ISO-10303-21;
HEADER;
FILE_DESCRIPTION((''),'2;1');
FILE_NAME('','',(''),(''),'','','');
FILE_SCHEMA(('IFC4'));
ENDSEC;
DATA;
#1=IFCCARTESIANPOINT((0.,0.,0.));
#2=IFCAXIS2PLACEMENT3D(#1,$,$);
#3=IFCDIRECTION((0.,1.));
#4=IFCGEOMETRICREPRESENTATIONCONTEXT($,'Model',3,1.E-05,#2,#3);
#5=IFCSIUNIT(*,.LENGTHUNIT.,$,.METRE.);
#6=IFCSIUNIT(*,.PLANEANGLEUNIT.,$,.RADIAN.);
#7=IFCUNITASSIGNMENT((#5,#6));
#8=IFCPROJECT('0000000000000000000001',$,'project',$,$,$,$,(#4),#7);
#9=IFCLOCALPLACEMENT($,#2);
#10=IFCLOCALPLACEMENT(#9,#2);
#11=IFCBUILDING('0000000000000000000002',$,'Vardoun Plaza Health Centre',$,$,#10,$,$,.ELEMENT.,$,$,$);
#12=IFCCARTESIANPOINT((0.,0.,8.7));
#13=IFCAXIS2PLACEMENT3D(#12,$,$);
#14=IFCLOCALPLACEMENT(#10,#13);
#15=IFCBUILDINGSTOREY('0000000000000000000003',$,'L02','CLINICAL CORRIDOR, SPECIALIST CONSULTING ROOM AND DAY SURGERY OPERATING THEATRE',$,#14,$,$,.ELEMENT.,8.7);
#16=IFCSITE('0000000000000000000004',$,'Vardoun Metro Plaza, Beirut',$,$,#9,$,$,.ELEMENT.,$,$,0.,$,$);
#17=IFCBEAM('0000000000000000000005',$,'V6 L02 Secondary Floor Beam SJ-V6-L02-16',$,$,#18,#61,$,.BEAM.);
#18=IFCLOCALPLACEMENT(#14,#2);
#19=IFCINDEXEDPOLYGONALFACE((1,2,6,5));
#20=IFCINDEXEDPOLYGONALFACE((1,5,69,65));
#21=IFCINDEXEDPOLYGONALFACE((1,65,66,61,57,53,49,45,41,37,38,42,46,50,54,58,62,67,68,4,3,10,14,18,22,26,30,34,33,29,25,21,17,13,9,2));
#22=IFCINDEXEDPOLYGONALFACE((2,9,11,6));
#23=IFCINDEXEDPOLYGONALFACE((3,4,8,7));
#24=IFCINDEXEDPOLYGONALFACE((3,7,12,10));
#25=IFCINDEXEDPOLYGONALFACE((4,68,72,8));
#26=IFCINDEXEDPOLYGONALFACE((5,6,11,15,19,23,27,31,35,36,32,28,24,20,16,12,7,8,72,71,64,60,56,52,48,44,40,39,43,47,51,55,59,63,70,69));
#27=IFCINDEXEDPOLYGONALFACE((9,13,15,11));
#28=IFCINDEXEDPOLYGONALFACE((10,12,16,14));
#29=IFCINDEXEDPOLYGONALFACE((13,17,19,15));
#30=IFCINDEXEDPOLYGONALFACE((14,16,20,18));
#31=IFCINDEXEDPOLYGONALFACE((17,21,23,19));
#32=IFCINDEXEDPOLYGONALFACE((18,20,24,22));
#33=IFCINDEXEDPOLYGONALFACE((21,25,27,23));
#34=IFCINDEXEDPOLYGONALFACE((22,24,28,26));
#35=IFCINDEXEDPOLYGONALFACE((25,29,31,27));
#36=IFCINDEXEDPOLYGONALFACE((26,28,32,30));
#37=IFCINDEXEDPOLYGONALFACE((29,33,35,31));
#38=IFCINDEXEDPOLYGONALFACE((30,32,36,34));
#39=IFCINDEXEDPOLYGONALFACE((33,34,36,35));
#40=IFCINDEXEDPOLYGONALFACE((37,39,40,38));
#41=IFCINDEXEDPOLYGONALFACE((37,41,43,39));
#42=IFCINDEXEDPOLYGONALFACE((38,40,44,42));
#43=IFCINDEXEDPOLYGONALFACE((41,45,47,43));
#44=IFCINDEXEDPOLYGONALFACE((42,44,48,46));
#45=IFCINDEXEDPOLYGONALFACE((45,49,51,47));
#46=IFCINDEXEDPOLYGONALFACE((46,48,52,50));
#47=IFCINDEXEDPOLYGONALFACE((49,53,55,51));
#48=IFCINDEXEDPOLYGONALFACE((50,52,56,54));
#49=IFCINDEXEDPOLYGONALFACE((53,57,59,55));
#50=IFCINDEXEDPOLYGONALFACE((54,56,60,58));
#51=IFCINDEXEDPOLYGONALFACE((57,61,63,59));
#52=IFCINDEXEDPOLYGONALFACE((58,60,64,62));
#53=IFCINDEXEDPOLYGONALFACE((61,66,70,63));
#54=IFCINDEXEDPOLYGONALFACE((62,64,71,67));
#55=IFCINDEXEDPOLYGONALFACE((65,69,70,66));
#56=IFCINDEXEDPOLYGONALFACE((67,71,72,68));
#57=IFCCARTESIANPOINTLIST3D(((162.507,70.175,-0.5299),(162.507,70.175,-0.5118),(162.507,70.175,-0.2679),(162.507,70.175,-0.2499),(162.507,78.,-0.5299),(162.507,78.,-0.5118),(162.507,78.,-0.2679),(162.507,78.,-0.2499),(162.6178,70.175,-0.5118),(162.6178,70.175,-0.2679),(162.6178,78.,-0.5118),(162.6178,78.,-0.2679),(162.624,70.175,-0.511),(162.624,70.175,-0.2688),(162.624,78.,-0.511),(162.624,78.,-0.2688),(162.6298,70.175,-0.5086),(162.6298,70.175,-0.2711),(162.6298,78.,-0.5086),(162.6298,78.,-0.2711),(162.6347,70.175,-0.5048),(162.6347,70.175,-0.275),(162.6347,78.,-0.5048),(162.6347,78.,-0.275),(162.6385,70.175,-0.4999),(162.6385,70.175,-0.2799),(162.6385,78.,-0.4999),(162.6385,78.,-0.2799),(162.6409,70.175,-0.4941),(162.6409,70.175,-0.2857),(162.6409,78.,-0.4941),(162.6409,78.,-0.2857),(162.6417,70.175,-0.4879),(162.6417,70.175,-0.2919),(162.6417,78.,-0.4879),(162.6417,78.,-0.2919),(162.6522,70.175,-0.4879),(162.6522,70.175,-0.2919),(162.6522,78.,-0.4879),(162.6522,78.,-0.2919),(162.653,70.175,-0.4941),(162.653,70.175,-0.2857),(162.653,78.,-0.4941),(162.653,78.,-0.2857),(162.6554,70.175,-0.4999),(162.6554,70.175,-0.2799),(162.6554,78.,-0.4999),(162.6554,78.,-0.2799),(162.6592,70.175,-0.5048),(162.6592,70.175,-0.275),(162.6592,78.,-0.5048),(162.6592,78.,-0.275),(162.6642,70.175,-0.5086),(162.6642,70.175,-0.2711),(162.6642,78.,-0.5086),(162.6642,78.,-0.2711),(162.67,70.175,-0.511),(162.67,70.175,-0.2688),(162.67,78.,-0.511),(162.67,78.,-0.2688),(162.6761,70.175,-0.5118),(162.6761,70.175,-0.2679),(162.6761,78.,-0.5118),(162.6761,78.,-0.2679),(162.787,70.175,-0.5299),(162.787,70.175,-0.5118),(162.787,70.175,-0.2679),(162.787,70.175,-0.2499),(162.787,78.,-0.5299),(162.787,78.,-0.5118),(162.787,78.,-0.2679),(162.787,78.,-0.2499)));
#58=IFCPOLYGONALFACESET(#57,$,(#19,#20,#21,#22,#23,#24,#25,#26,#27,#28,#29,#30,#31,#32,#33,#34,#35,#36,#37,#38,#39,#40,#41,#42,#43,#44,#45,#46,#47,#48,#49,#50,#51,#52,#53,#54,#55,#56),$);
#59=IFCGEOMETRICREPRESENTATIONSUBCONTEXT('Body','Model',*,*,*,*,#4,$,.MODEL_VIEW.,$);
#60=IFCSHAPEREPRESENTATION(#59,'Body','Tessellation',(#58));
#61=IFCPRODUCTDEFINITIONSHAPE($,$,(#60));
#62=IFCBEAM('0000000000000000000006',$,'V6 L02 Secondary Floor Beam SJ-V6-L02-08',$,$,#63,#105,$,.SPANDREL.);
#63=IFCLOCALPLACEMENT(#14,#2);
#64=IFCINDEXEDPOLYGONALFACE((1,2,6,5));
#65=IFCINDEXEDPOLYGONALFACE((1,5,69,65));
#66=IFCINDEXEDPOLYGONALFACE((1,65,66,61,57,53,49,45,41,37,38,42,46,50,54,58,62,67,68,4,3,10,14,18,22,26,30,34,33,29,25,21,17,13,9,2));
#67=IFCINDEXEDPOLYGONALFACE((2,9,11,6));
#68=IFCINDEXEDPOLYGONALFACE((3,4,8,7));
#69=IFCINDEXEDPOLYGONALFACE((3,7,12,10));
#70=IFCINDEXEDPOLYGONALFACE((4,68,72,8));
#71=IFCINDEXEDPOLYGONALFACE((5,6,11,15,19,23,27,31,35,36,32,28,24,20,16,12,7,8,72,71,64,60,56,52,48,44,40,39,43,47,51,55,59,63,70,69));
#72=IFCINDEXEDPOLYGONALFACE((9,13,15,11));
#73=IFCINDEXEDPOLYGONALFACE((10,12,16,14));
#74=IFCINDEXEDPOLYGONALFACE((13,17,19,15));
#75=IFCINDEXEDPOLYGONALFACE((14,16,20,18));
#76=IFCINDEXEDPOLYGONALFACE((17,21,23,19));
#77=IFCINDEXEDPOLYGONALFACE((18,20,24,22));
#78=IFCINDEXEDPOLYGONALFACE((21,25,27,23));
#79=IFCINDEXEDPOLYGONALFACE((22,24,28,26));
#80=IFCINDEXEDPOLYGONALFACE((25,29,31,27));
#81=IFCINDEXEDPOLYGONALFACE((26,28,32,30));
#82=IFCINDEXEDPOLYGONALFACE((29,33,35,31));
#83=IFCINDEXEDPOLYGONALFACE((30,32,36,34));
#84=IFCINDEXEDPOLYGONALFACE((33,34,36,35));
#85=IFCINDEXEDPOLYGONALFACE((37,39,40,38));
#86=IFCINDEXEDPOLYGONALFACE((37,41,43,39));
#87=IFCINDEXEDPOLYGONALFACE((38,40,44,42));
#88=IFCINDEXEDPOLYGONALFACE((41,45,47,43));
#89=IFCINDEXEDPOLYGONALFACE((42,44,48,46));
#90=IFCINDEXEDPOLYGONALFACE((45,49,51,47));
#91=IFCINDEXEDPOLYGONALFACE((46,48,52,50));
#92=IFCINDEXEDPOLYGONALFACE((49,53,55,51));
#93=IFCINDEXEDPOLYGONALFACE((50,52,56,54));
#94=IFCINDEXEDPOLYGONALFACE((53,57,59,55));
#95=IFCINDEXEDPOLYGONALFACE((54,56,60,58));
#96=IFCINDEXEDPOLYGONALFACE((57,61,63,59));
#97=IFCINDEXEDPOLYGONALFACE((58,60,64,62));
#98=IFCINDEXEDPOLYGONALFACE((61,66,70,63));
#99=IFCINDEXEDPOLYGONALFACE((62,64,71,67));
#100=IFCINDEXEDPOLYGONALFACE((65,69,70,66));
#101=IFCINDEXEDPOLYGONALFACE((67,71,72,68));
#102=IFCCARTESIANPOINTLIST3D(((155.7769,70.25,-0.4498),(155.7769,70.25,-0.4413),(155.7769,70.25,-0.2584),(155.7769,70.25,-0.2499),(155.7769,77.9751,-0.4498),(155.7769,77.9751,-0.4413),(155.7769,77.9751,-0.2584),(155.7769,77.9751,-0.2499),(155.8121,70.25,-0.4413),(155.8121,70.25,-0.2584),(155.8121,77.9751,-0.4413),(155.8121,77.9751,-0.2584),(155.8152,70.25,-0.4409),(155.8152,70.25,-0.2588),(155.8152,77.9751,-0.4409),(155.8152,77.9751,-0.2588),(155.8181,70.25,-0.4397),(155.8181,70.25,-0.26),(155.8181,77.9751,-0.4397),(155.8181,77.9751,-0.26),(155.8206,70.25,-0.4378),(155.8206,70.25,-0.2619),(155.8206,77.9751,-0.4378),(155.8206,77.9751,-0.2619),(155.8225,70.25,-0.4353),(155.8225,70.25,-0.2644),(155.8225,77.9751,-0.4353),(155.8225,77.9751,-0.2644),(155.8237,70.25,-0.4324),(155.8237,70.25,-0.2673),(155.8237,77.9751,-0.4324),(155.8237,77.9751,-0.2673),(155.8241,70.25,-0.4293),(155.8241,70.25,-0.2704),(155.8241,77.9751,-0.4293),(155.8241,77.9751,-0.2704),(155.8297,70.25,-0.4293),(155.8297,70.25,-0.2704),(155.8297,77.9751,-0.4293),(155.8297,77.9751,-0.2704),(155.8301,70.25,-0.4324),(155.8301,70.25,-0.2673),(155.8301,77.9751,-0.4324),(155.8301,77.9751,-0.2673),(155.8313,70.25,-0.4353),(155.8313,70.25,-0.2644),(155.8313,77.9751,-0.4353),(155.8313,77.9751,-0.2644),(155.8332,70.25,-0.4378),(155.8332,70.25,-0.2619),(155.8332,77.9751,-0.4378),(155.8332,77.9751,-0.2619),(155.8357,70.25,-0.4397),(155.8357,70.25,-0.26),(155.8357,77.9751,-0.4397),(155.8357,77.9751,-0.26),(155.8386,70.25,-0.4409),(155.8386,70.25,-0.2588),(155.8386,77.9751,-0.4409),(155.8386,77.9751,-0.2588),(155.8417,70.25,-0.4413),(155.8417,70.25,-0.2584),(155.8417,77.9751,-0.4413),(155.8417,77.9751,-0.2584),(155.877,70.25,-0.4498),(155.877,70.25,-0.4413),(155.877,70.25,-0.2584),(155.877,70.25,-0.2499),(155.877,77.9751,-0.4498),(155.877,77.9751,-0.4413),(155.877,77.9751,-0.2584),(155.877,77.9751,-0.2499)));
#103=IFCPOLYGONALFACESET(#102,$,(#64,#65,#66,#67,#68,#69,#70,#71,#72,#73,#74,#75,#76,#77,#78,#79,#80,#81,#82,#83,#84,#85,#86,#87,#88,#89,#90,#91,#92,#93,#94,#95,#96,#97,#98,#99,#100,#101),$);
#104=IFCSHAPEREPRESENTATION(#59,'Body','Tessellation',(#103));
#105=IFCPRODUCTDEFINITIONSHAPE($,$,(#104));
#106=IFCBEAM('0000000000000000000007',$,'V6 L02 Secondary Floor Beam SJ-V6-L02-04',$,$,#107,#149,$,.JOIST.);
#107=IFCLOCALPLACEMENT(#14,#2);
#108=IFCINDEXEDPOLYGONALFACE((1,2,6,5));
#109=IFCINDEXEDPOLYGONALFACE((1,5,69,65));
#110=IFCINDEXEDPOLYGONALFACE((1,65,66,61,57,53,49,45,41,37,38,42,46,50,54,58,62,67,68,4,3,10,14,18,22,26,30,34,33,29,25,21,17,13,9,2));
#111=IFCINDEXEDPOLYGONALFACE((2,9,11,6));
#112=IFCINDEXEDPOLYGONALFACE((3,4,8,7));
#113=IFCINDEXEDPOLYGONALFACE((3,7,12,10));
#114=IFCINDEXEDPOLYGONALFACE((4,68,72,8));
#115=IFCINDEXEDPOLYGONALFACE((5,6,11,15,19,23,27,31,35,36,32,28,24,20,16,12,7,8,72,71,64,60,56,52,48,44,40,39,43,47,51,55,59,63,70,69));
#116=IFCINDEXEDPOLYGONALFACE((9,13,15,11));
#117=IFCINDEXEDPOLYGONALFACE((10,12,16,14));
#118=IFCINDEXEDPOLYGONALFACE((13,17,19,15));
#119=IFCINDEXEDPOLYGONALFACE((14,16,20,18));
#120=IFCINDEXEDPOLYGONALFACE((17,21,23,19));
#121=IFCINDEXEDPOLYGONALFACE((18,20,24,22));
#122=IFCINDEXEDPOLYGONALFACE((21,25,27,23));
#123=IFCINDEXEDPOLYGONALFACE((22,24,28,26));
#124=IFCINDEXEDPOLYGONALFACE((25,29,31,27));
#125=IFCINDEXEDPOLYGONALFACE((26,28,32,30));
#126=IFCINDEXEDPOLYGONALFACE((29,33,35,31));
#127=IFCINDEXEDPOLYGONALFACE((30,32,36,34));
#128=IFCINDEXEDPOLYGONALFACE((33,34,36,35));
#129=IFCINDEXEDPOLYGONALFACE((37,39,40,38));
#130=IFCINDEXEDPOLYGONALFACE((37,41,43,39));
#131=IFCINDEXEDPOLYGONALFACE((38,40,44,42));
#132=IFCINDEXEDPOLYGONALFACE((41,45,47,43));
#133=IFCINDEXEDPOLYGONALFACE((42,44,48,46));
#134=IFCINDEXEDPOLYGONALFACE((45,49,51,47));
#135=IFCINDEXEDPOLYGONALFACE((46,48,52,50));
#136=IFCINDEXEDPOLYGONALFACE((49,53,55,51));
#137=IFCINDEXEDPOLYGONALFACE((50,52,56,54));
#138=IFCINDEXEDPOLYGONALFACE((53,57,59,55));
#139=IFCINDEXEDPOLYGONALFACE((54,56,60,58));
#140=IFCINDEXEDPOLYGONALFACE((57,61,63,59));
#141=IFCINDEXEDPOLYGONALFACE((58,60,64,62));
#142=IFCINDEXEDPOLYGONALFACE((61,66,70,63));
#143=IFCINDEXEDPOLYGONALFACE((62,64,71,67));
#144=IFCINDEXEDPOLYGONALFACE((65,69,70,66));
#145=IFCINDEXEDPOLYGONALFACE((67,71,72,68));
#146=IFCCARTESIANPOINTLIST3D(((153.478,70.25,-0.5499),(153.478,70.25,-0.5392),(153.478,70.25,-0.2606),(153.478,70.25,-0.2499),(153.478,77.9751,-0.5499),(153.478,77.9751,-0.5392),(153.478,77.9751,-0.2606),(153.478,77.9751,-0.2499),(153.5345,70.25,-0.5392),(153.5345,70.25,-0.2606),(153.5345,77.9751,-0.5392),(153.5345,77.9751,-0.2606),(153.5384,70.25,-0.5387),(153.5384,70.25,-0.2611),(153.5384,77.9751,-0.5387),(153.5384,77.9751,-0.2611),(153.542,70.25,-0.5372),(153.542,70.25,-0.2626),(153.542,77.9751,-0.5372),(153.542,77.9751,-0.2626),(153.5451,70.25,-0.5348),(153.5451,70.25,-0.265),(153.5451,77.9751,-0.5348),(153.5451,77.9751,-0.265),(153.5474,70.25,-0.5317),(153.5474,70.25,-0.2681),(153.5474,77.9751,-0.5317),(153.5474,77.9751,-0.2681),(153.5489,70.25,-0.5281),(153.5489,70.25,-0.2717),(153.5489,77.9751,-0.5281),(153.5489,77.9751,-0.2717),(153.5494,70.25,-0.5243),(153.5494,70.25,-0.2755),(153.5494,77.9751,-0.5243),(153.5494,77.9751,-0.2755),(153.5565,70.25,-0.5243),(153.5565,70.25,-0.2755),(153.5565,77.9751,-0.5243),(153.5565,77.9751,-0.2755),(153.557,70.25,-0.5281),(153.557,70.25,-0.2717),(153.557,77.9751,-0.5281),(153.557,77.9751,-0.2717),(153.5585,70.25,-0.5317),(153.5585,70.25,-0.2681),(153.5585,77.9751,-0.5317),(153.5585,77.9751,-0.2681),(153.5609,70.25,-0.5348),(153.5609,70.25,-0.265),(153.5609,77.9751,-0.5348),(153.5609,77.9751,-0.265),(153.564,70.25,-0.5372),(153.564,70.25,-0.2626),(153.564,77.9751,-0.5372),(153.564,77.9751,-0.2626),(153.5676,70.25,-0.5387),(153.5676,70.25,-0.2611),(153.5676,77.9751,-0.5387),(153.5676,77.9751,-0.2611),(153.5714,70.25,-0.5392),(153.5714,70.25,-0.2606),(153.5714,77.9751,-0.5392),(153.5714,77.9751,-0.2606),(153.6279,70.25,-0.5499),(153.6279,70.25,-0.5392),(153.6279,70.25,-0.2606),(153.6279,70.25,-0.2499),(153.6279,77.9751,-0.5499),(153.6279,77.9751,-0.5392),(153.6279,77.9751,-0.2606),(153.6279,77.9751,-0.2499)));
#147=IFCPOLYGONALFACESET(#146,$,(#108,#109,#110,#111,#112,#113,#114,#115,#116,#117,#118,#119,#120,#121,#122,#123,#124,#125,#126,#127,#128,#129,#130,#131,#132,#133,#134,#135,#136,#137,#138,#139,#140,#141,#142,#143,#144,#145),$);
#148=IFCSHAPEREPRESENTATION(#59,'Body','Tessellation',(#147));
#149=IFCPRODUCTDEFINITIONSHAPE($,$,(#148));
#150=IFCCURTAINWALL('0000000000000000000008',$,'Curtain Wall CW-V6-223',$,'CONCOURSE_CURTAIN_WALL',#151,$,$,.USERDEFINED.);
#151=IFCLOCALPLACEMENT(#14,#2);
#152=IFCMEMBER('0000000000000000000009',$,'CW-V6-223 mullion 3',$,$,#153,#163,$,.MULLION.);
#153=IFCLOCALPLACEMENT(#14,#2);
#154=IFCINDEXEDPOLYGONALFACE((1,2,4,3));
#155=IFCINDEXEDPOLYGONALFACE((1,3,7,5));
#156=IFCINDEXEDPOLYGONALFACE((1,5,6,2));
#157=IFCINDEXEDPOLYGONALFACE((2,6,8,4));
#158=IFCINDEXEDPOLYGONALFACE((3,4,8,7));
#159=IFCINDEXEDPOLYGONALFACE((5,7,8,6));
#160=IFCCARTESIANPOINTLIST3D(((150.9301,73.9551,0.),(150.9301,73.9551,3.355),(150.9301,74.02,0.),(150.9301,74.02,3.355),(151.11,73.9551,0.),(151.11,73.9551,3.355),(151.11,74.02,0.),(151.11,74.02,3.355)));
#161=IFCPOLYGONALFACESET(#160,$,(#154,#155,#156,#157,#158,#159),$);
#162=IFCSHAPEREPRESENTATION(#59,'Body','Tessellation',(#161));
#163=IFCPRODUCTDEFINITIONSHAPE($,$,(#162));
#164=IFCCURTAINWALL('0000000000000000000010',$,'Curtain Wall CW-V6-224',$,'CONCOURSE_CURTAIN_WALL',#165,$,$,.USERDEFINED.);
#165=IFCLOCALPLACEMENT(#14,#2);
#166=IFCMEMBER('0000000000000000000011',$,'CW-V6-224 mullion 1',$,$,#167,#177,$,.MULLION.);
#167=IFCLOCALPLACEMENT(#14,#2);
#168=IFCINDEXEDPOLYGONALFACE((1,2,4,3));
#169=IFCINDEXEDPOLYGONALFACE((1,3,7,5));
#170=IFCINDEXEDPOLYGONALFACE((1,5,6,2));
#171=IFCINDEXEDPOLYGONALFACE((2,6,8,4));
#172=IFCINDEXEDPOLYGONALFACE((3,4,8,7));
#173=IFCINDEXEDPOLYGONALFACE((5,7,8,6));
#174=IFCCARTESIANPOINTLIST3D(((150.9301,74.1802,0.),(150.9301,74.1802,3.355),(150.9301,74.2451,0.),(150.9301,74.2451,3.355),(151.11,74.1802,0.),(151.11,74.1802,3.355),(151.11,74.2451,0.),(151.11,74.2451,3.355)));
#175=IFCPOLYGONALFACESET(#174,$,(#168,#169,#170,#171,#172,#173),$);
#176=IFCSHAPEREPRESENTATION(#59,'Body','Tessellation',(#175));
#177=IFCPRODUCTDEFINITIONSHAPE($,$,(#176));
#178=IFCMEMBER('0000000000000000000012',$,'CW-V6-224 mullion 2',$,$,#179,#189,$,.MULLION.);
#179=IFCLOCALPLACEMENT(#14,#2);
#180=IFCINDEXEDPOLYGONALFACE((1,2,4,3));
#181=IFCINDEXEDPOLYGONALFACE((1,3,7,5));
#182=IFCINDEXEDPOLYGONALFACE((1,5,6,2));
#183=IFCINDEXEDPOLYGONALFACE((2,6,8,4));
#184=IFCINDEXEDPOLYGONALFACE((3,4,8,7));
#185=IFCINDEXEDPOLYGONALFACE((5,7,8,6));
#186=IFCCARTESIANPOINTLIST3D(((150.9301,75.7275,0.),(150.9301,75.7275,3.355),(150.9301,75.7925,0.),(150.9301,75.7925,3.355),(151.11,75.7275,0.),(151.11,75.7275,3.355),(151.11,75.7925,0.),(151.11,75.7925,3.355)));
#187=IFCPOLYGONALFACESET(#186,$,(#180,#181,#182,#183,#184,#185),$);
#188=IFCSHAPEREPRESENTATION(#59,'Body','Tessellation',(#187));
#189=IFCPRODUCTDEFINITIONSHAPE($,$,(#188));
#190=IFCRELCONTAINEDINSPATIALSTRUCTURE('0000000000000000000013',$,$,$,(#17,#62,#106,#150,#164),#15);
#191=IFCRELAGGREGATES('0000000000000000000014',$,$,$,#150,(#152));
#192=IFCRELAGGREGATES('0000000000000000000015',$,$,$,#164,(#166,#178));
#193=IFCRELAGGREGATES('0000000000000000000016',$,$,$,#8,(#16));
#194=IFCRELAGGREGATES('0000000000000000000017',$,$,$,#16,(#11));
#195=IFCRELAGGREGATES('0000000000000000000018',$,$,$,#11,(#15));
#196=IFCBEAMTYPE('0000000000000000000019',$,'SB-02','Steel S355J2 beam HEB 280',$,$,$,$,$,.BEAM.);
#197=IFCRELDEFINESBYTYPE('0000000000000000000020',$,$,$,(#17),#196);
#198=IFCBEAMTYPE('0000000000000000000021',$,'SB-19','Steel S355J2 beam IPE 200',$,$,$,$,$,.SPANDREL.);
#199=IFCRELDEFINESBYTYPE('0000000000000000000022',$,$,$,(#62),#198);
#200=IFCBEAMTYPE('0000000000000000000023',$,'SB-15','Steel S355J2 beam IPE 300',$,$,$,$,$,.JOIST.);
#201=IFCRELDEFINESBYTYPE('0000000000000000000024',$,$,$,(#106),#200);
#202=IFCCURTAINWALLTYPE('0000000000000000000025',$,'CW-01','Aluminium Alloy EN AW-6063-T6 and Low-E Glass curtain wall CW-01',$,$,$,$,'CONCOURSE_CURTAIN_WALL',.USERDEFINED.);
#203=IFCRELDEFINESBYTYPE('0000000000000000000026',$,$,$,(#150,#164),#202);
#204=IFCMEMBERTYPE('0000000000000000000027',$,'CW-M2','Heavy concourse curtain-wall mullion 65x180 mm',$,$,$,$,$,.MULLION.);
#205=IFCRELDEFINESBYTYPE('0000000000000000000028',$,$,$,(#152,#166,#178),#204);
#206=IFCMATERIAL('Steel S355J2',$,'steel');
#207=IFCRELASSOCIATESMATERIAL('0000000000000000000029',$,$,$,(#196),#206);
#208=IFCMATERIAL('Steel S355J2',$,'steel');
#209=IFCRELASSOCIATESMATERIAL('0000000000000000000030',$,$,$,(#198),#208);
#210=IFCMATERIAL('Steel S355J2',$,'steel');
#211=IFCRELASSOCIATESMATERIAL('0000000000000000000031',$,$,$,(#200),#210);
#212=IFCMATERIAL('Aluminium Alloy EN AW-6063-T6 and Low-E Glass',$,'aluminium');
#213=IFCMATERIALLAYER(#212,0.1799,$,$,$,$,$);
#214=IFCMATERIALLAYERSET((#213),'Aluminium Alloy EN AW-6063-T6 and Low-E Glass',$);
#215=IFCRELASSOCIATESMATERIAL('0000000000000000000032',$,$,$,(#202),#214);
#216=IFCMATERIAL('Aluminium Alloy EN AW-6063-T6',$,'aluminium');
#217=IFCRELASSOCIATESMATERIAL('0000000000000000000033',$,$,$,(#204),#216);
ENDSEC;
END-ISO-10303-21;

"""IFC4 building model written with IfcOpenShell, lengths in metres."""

from ifc_helpers import new_model, si_unit, direction, frame, origin, origin_2d, place, context, subcontext, project, spatial, rectangle, i_section, extrude, material, layer, layer_set, material_profile, profile_set, type_object, element, aggregate, save


model = new_model("IFC4")

# Units and contexts
model_context = context("Model", 3, precision=1e-05, world=origin(), true_north=direction((0.0, 1.0)))
body_context = subcontext(model_context, "Body", "Model", "MODEL_VIEW")
ifc_project = project(units=[si_unit("LENGTHUNIT", "METRE"), si_unit("PLANEANGLEUNIT", "RADIAN")], contexts=[model_context])

# Site, building, storey
site_placement = place(None, origin())
site = spatial("IfcSite", under=ifc_project, at=site_placement, Name="Vardoun Metro Plaza, Beirut", CompositionType="ELEMENT", RefElevation=0.0)
building_placement = place(site_placement, origin())
building = spatial("IfcBuilding", under=site, at=building_placement, Name="Vardoun Plaza Health Centre", CompositionType="ELEMENT")
storey_placement = place(building_placement, frame((0.0, 0.0, 8.7)))
storey = spatial("IfcBuildingStorey", under=building, at=storey_placement, Name="L02", Description="CLINICAL CORRIDOR, SPECIALIST CONSULTING ROOM AND DAY SURGERY OPERATING THEATRE", CompositionType="ELEMENT", Elevation=8.7)

# Beams
ifc_material_1 = material(Name="Steel S355J2", Category="steel")
ifc_material_profile_1 = material_profile(ifc_material_1, i_section(OverallWidth=0.28, OverallDepth=0.28, WebThickness=0.0105, FlangeThickness=0.0181, FilletRadius=0.0239, at=origin_2d()), Name="HEB 280")
ifc_profile_set_1 = profile_set([ifc_material_profile_1], Name="Steel S355J2")
beam_type_1 = type_object("IfcBeamType", Name="SB-02", Description="Steel S355J2 beam HEB 280", PredefinedType="BEAM", material=ifc_profile_set_1)
beam_1_placement = place(storey_placement, frame((162.647, 70.175, -0.3899), z_axis=(0.0, 1.0, 0.0), x_axis=(-1.0, 0.0, 0.0)))
element("IfcBeam", 1, at=beam_1_placement, inside=storey, type_object=beam_type_1, Name="V6 L02 Secondary Floor Beam SJ-V6-L02-16", PredefinedType="BEAM", context=body_context, shape_type="SweptSolid", body=[
    extrude(i_section(OverallWidth=0.28, OverallDepth=0.28, WebThickness=0.0105, FlangeThickness=0.0181, FilletRadius=0.0239, at=origin_2d()), origin(), (0.0, 0.0, 1.0), 7.825),
])
ifc_material_2 = material(Name="Steel S355J2", Category="steel")
ifc_material_profile_2 = material_profile(ifc_material_2, i_section(OverallWidth=0.1001, OverallDepth=0.2, WebThickness=0.0056, FlangeThickness=0.0085, FilletRadius=0.012, at=origin_2d()), Name="IPE 200")
ifc_profile_set_2 = profile_set([ifc_material_profile_2], Name="Steel S355J2")
beam_type_2 = type_object("IfcBeamType", Name="SB-19", Description="Steel S355J2 beam IPE 200", PredefinedType="SPANDREL", material=ifc_profile_set_2)
beam_2_placement = place(storey_placement, frame((155.8269, 70.25, -0.3499), z_axis=(0.0, 1.0, 0.0), x_axis=(-1.0, 0.0, 0.0)))
element("IfcBeam", 2, at=beam_2_placement, inside=storey, type_object=beam_type_2, Name="V6 L02 Secondary Floor Beam SJ-V6-L02-08", PredefinedType="SPANDREL", context=body_context, shape_type="SweptSolid", body=[
    extrude(i_section(OverallWidth=0.1001, OverallDepth=0.2, WebThickness=0.0056, FlangeThickness=0.0085, FilletRadius=0.012, at=origin_2d()), origin(), (0.0, 0.0, 1.0), 7.7251),
])
ifc_material_3 = material(Name="Steel S355J2", Category="steel")
ifc_material_profile_3 = material_profile(ifc_material_3, i_section(OverallWidth=0.1499, OverallDepth=0.3, WebThickness=0.0071, FlangeThickness=0.0107, FilletRadius=0.0149, at=origin_2d()), Name="IPE 300")
ifc_profile_set_3 = profile_set([ifc_material_profile_3], Name="Steel S355J2")
beam_type_3 = type_object("IfcBeamType", Name="SB-15", Description="Steel S355J2 beam IPE 300", PredefinedType="JOIST", material=ifc_profile_set_3)
beam_3_placement = place(storey_placement, frame((153.553, 70.25, -0.3999), z_axis=(0.0, 1.0, 0.0), x_axis=(-1.0, 0.0, 0.0)))
element("IfcBeam", 3, at=beam_3_placement, inside=storey, type_object=beam_type_3, Name="V6 L02 Secondary Floor Beam SJ-V6-L02-04", PredefinedType="JOIST", context=body_context, shape_type="SweptSolid", body=[
    extrude(i_section(OverallWidth=0.1499, OverallDepth=0.3, WebThickness=0.0071, FlangeThickness=0.0107, FilletRadius=0.0149, at=origin_2d()), origin(), (0.0, 0.0, 1.0), 7.7251),
])

# Curtain wall, member
ifc_material_4 = material(Name="Aluminium Alloy EN AW-6063-T6 and Low-E Glass", Category="aluminium")
ifc_layer_1 = layer(ifc_material_4, 0.1799)
ifc_layer_set_1 = layer_set([ifc_layer_1], Name="Aluminium Alloy EN AW-6063-T6 and Low-E Glass")
curtain_wall_type = type_object("IfcCurtainWallType", Name="CW-01", Description="Aluminium Alloy EN AW-6063-T6 and Low-E Glass curtain wall CW-01", ElementType="CONCOURSE_CURTAIN_WALL", PredefinedType="USERDEFINED", material=ifc_layer_set_1)
curtain_wall_1_placement = place(storey_placement, origin())
curtain_wall_1 = element("IfcCurtainWall", 4, at=curtain_wall_1_placement, inside=storey, type_object=curtain_wall_type, Name="Curtain Wall CW-V6-223", ObjectType="CONCOURSE_CURTAIN_WALL", PredefinedType="USERDEFINED")
ifc_material_5 = material(Name="Aluminium Alloy EN AW-6063-T6", Category="aluminium")
ifc_material_profile_4 = material_profile(ifc_material_5, rectangle(XDim=0.1799, YDim=0.0649, at=origin_2d()), Name="CWM 65x180")
ifc_profile_set_4 = profile_set([ifc_material_profile_4], Name="Aluminium Alloy EN AW-6063-T6")
member_type_1 = type_object("IfcMemberType", Name="CW-M2", Description="Heavy concourse curtain-wall mullion 65x180 mm", PredefinedType="MULLION", material=ifc_profile_set_4)
member_1_placement = place(storey_placement, frame((151.02, 73.9875, 0.0), z_axis=(0.0, 0.0, 1.0), x_axis=(-1.0, 0.0, 0.0)))
member_1 = element("IfcMember", 5, at=member_1_placement, type_object=member_type_1, Name="CW-V6-223 mullion 3", PredefinedType="MULLION", context=body_context, shape_type="SweptSolid", body=[
    extrude(rectangle(XDim=0.1799, YDim=0.0649, at=origin_2d()), origin(), (0.0, 0.0, 1.0), 3.355),
])

# Curtain wall, members
curtain_wall_2_placement = place(storey_placement, origin())
curtain_wall_2 = element("IfcCurtainWall", 6, at=curtain_wall_2_placement, inside=storey, type_object=curtain_wall_type, Name="Curtain Wall CW-V6-224", ObjectType="CONCOURSE_CURTAIN_WALL", PredefinedType="USERDEFINED")
member_2_placement = place(storey_placement, frame((151.02, 74.2126, 0.0), z_axis=(0.0, 0.0, 1.0), x_axis=(-1.0, 0.0, 0.0)))
member_2 = element("IfcMember", 7, at=member_2_placement, type_object=member_type_1, Name="CW-V6-224 mullion 1", PredefinedType="MULLION", context=body_context, shape_type="SweptSolid", body=[
    extrude(rectangle(XDim=0.1799, YDim=0.0649, at=origin_2d()), origin(), (0.0, 0.0, 1.0), 3.355),
])
member_3_placement = place(storey_placement, frame((151.02, 75.76, 0.0), z_axis=(0.0, 0.0, 1.0), x_axis=(-1.0, 0.0, 0.0)))
member_3 = element("IfcMember", 8, at=member_3_placement, type_object=member_type_1, Name="CW-V6-224 mullion 2", PredefinedType="MULLION", context=body_context, shape_type="SweptSolid", body=[
    extrude(rectangle(XDim=0.1799, YDim=0.0649, at=origin_2d()), origin(), (0.0, 0.0, 1.0), 3.355),
])

aggregate(curtain_wall_1, [member_1])
aggregate(curtain_wall_2, [member_2, member_3])

save(model, "model.ifc")
